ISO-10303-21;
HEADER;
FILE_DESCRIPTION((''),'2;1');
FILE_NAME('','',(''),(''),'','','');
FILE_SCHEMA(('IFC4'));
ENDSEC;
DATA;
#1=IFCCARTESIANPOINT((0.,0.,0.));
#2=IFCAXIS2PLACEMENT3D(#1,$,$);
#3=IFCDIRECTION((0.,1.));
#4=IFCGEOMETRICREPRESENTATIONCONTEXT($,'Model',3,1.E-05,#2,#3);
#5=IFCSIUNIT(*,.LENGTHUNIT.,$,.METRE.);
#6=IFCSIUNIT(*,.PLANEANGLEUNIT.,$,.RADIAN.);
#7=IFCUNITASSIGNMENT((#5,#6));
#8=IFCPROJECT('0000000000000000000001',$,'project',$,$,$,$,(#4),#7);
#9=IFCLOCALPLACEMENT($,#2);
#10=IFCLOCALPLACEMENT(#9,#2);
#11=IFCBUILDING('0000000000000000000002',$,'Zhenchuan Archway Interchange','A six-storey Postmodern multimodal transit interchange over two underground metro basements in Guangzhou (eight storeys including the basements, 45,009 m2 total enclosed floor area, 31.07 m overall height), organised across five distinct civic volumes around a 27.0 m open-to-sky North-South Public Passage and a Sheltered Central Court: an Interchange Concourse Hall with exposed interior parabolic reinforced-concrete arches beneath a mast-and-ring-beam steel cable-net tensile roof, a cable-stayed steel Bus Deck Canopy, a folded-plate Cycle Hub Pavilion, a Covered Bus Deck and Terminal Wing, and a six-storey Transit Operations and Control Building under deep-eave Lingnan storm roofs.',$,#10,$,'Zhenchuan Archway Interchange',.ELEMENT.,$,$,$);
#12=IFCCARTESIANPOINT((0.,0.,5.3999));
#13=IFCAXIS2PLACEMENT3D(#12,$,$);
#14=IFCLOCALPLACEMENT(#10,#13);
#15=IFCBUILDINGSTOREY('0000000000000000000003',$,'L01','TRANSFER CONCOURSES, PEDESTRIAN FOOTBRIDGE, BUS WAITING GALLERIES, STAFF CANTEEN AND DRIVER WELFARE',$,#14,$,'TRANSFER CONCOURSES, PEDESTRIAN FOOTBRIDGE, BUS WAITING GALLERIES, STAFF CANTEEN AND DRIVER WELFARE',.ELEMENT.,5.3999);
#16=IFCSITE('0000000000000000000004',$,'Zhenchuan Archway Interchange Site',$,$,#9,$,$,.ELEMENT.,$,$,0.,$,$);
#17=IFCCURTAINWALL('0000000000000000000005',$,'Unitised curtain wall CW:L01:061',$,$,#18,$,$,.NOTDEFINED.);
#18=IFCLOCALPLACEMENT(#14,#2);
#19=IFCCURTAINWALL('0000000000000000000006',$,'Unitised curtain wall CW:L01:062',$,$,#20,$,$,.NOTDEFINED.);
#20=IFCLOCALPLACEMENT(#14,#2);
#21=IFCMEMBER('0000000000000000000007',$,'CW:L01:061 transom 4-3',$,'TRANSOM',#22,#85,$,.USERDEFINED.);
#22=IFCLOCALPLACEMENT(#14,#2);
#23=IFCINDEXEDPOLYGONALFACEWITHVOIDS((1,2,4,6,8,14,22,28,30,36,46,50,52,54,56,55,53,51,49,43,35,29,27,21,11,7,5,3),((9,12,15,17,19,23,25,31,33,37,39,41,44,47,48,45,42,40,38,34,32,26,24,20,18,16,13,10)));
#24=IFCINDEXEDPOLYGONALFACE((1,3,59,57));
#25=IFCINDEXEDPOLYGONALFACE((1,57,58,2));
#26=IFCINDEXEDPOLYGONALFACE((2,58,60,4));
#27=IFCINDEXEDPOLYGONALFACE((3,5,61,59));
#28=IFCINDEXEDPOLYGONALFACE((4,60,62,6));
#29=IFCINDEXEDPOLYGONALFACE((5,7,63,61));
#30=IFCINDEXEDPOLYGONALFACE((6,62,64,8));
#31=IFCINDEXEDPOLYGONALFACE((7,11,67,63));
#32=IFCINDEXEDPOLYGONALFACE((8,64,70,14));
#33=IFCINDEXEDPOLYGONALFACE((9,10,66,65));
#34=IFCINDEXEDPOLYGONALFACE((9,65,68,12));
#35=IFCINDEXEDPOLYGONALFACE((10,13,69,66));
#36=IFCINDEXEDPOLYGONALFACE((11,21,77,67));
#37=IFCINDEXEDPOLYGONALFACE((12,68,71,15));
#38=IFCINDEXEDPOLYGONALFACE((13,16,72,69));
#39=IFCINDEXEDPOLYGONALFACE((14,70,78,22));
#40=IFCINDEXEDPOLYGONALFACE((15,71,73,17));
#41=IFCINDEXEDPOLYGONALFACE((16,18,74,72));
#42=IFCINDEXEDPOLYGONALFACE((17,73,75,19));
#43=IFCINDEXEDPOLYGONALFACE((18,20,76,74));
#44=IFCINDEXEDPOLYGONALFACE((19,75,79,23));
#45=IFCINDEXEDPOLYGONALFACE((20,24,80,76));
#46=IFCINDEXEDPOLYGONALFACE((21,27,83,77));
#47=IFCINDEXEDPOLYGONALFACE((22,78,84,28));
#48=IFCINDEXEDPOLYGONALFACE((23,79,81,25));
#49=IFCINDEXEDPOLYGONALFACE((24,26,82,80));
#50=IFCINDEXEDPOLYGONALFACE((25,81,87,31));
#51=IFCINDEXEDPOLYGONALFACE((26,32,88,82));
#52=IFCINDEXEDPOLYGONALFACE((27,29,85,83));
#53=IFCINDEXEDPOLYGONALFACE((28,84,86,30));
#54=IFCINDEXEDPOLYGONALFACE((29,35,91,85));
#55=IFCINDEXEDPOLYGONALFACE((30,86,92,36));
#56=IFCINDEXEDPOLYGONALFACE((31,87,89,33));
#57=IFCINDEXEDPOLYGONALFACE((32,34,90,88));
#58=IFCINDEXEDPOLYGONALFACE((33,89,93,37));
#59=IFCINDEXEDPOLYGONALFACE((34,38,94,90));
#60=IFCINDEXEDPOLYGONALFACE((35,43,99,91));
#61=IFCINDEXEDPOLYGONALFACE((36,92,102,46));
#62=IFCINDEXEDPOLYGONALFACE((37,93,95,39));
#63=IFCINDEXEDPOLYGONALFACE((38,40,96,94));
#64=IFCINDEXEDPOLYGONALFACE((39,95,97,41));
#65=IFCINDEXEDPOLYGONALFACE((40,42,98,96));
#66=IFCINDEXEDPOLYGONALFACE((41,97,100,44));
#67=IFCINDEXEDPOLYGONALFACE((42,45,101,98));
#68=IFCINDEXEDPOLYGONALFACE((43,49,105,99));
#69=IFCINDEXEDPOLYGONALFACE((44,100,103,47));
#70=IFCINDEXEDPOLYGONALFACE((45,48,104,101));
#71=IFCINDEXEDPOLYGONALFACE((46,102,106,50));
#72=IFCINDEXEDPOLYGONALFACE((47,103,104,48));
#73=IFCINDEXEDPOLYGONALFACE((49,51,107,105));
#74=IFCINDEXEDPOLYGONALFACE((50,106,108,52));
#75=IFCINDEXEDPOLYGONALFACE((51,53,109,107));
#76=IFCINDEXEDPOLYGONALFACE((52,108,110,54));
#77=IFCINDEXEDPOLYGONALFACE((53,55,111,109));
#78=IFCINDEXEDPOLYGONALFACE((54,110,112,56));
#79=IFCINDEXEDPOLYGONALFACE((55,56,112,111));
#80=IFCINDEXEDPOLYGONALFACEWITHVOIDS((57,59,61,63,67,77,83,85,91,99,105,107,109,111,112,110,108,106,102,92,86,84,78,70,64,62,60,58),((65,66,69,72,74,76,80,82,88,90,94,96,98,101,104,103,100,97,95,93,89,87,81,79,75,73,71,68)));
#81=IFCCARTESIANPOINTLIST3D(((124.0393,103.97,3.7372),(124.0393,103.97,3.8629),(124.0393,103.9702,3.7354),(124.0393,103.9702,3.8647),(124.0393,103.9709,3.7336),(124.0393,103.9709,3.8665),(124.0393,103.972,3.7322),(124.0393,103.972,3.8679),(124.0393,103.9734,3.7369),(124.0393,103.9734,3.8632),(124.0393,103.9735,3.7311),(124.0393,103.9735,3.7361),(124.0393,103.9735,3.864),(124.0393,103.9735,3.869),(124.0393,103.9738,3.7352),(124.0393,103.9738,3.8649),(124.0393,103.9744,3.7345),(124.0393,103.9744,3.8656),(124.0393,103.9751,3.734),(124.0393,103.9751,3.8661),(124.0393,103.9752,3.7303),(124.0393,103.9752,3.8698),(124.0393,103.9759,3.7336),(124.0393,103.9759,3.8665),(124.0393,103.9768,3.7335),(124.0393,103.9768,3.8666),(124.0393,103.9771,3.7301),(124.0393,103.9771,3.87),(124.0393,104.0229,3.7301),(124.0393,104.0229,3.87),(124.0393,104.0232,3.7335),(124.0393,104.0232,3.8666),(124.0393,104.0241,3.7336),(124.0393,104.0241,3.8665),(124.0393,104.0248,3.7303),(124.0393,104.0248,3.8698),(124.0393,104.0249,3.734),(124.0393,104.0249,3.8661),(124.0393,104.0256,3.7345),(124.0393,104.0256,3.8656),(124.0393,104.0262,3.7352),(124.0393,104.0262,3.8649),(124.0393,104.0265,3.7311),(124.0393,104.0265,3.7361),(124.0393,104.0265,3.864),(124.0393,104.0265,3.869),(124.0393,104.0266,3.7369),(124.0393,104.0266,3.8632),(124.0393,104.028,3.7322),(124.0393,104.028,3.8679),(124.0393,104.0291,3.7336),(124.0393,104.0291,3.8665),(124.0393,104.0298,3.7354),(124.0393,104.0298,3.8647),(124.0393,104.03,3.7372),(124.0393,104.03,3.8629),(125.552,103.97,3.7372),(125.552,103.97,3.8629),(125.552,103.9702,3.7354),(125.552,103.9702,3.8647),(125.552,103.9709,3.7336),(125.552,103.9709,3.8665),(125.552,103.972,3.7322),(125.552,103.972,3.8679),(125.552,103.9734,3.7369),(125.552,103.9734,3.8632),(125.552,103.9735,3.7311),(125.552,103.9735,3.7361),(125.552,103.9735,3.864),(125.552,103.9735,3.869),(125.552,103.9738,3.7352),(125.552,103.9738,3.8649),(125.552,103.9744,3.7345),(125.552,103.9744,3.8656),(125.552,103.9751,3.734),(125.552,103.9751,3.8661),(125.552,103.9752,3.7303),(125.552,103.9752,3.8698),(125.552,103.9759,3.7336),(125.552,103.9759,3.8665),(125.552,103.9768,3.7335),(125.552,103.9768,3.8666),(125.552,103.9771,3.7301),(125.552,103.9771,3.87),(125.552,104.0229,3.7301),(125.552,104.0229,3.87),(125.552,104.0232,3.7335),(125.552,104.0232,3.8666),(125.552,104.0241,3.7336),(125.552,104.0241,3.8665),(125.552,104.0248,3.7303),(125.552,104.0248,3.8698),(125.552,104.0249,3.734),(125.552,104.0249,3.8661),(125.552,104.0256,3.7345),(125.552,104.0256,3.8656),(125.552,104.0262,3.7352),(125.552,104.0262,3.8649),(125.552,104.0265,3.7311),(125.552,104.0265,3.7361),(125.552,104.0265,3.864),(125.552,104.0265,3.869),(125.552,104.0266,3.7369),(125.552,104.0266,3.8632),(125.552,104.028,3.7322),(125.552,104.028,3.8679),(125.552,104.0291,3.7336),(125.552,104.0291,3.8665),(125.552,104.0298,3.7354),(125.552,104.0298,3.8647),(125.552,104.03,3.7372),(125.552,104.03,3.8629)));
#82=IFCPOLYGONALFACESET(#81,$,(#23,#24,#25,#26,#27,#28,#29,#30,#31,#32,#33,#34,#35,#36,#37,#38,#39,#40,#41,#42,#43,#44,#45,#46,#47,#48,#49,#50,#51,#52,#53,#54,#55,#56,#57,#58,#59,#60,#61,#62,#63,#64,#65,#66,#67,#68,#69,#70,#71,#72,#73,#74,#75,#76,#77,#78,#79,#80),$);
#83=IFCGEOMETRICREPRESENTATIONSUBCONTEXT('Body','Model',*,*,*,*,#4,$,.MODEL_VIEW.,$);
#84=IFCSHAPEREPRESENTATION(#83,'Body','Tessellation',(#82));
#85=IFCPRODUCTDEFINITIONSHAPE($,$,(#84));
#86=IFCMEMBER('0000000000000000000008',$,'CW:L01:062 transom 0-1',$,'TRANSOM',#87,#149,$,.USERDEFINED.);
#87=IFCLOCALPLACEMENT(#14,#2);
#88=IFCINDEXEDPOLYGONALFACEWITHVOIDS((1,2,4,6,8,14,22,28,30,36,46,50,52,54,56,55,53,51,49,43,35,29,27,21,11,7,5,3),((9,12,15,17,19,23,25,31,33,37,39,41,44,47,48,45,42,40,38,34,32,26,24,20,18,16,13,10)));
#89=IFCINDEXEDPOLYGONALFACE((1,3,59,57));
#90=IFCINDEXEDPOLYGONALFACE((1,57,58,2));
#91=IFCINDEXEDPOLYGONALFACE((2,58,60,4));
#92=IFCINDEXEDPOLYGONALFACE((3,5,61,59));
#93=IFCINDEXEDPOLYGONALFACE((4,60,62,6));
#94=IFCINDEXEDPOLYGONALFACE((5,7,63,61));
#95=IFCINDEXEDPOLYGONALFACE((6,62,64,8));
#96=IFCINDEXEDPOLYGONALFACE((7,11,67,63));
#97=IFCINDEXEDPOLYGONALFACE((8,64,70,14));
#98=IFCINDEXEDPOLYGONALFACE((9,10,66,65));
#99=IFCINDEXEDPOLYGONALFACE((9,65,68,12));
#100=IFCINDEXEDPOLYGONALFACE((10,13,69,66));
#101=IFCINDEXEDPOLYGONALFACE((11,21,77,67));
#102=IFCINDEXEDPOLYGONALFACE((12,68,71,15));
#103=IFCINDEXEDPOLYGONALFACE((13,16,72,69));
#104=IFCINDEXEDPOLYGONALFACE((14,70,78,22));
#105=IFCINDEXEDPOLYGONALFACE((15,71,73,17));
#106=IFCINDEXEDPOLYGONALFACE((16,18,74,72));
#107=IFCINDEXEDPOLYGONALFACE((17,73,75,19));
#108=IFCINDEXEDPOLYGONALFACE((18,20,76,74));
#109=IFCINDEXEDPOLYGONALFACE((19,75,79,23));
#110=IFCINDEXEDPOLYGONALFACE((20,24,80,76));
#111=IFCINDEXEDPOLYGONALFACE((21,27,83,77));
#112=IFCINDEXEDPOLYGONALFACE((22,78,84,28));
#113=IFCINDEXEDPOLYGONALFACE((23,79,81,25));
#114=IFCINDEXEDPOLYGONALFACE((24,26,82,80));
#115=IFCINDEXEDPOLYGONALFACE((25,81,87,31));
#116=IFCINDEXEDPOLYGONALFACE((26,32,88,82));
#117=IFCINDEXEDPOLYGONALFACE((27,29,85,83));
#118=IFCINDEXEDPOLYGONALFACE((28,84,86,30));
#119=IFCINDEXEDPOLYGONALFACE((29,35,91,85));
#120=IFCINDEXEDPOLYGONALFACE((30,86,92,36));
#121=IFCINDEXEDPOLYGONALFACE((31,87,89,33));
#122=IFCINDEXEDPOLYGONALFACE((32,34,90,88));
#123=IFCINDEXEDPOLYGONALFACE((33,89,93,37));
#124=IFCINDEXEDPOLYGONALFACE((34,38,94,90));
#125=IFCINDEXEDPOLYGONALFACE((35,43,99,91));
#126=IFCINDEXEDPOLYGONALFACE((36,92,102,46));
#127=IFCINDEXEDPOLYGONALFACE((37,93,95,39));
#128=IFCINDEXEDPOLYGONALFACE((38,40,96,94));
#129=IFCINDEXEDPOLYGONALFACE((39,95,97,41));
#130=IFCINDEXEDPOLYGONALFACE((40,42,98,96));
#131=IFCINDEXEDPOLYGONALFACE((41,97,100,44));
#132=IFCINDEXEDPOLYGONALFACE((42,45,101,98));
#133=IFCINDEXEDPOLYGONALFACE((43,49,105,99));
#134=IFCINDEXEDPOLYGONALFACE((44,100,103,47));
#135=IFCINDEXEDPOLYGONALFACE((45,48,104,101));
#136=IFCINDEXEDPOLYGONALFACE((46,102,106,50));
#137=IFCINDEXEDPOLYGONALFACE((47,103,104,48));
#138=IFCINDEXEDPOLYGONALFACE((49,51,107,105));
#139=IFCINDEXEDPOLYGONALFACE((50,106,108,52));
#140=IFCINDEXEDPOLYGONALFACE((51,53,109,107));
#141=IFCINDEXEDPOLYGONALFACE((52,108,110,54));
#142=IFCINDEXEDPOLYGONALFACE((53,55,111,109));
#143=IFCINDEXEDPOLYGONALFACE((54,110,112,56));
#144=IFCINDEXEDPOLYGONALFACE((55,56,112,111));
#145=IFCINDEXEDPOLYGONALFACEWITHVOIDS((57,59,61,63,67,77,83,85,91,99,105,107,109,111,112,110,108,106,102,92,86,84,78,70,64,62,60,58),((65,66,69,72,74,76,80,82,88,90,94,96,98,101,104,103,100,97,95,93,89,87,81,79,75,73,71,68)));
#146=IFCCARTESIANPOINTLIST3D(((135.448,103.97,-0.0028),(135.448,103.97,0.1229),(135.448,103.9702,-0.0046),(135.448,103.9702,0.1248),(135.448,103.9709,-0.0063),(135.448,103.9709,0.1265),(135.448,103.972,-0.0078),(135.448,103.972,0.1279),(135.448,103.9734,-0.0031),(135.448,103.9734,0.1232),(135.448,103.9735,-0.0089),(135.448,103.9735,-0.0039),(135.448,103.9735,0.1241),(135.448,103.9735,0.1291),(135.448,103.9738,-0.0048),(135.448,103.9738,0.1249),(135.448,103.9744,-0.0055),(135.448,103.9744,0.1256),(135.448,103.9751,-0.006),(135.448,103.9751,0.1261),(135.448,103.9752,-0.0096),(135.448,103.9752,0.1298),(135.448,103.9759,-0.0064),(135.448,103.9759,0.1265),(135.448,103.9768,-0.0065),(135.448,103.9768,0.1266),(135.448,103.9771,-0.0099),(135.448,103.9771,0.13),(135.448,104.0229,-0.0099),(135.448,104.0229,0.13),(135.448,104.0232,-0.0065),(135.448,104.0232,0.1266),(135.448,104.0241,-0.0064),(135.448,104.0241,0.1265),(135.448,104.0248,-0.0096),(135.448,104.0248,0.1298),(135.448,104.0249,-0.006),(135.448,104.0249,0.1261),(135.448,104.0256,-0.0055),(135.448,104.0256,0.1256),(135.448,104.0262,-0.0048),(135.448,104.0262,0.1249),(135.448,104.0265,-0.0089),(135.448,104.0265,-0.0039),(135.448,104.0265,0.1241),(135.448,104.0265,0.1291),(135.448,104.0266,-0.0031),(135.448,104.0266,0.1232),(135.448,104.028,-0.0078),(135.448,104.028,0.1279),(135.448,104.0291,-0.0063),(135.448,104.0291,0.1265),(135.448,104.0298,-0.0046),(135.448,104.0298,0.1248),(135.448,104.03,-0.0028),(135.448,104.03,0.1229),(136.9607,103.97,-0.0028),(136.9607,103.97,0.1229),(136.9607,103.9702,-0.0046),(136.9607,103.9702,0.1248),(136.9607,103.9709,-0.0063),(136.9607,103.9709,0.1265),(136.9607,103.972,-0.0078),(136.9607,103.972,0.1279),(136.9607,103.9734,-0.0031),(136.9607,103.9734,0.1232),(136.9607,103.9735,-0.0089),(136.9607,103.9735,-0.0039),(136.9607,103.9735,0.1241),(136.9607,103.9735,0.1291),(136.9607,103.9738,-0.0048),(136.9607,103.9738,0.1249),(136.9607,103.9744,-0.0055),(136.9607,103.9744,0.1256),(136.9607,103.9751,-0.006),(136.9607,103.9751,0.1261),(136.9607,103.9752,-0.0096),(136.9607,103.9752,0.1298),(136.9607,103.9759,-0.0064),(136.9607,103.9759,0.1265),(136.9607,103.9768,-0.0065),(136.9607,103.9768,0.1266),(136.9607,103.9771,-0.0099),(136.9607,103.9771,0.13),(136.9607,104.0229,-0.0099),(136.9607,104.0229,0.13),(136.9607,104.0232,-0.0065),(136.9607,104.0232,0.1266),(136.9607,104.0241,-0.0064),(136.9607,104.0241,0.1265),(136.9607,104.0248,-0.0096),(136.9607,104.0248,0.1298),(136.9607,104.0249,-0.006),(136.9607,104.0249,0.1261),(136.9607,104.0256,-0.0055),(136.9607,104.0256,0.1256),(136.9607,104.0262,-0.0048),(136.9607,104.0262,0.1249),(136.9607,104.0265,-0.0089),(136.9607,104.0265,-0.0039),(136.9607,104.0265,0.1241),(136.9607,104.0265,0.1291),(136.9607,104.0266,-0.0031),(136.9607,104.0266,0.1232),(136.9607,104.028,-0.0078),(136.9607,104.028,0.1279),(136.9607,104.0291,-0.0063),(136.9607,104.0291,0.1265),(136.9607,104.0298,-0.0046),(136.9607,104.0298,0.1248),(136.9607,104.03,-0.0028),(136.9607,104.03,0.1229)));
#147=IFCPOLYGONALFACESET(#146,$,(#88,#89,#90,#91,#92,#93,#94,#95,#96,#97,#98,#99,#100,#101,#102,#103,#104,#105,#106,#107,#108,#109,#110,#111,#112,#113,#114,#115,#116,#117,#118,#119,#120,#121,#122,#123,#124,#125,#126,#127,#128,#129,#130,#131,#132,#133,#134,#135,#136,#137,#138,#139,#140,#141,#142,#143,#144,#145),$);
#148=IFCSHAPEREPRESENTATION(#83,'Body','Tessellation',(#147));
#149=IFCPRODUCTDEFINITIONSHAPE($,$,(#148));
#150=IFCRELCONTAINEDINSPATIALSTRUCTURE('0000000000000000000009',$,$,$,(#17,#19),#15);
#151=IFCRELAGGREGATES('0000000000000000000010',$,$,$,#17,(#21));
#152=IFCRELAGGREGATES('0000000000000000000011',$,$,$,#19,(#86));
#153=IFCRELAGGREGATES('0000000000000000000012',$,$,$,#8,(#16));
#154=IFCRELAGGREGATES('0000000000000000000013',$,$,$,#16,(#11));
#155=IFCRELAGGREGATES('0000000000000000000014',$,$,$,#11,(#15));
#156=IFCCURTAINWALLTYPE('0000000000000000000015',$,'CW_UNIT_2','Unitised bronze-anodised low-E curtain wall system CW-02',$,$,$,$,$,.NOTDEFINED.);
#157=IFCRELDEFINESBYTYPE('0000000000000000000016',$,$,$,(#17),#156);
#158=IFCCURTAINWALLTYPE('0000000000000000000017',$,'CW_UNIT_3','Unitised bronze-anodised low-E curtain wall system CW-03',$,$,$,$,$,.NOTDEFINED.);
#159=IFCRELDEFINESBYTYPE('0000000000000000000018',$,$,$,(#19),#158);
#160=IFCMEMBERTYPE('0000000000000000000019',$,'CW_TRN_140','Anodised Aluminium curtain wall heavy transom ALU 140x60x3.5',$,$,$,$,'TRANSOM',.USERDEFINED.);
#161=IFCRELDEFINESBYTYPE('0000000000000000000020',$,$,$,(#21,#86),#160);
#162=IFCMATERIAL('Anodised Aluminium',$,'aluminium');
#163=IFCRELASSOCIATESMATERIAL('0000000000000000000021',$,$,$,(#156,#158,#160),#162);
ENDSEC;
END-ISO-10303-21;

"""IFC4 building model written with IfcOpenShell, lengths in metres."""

from ifc_helpers import new_model, si_unit, direction, frame, origin, origin_2d, place, context, subcontext, project, spatial, hollow_rectangle, extrude, material, material_profile, profile_set, type_object, element, aggregate, save


model = new_model("IFC4")

# Units and contexts
model_context = context("Model", 3, precision=1e-05, world=origin(), true_north=direction((0.0, 1.0)))
body_context = subcontext(model_context, "Body", "Model", "MODEL_VIEW")
ifc_project = project(units=[si_unit("LENGTHUNIT", "METRE"), si_unit("PLANEANGLEUNIT", "RADIAN")], contexts=[model_context])

# Site, building, storey
site_placement = place(None, origin())
site = spatial("IfcSite", under=ifc_project, at=site_placement, Name="Zhenchuan Archway Interchange Site", CompositionType="ELEMENT", RefElevation=0.0)
building_placement = place(site_placement, origin())
building = spatial("IfcBuilding", under=site, at=building_placement, Name="Zhenchuan Archway Interchange", Description="A six-storey Postmodern multimodal transit interchange over two underground metro basements in Guangzhou (eight storeys including the basements, 45,009 m2 total enclosed floor area, 31.07 m overall height), organised across five distinct civic volumes around a 27.0 m open-to-sky North-South Public Passage and a Sheltered Central Court: an Interchange Concourse Hall with exposed interior parabolic reinforced-concrete arches beneath a mast-and-ring-beam steel cable-net tensile roof, a cable-stayed steel Bus Deck Canopy, a folded-plate Cycle Hub Pavilion, a Covered Bus Deck and Terminal Wing, and a six-storey Transit Operations and Control Building under deep-eave Lingnan storm roofs.", LongName="Zhenchuan Archway Interchange", CompositionType="ELEMENT")
storey_placement = place(building_placement, frame((0.0, 0.0, 5.3999)))
storey = spatial("IfcBuildingStorey", under=building, at=storey_placement, Name="L01", Description="TRANSFER CONCOURSES, PEDESTRIAN FOOTBRIDGE, BUS WAITING GALLERIES, STAFF CANTEEN AND DRIVER WELFARE", LongName="TRANSFER CONCOURSES, PEDESTRIAN FOOTBRIDGE, BUS WAITING GALLERIES, STAFF CANTEEN AND DRIVER WELFARE", CompositionType="ELEMENT", Elevation=5.3999)

# Curtain walls
ifc_material_1 = material(Name="Anodised Aluminium", Category="aluminium")
curtain_wall_type_1 = type_object("IfcCurtainWallType", Name="CW_UNIT_2", Description="Unitised bronze-anodised low-E curtain wall system CW-02", PredefinedType="NOTDEFINED", material=ifc_material_1)
curtain_wall_1_placement = place(storey_placement, origin())
curtain_wall_1 = element("IfcCurtainWall", 1, at=curtain_wall_1_placement, inside=storey, type_object=curtain_wall_type_1, Name="Unitised curtain wall CW:L01:061", PredefinedType="NOTDEFINED")
curtain_wall_type_2 = type_object("IfcCurtainWallType", Name="CW_UNIT_3", Description="Unitised bronze-anodised low-E curtain wall system CW-03", PredefinedType="NOTDEFINED", material=ifc_material_1)
curtain_wall_2_placement = place(storey_placement, origin())
curtain_wall_2 = element("IfcCurtainWall", 2, at=curtain_wall_2_placement, inside=storey, type_object=curtain_wall_type_2, Name="Unitised curtain wall CW:L01:062", PredefinedType="NOTDEFINED")

# Members
ifc_material_profile_1 = material_profile(ifc_material_1, hollow_rectangle(XDim=0.0601, YDim=0.1399, WallThickness=0.0034, InnerFilletRadius=0.0034, OuterFilletRadius=0.0071, at=origin_2d()), Name="ALU 140x60x3.5")
ifc_profile_set_1 = profile_set([ifc_material_profile_1], Name="Anodised Aluminium")
member_type_1 = type_object("IfcMemberType", Name="CW_TRN_140", Description="Anodised Aluminium curtain wall heavy transom ALU 140x60x3.5", ElementType="TRANSOM", PredefinedType="USERDEFINED", material=ifc_profile_set_1)
member_1_placement = place(storey_placement, frame((124.0393, 104.0, 3.8), z_axis=(1.0, 0.0, 0.0), x_axis=(0.0, 1.0, 0.0)))
member_1 = element("IfcMember", 3, at=member_1_placement, type_object=member_type_1, Name="CW:L01:061 transom 4-3", ObjectType="TRANSOM", PredefinedType="USERDEFINED", context=body_context, shape_type="SweptSolid", body=[
    extrude(hollow_rectangle(XDim=0.0601, YDim=0.1399, WallThickness=0.0034, InnerFilletRadius=0.0034, OuterFilletRadius=0.0071, at=origin_2d()), origin(), (0.0, 0.0, 1.0), 1.5127),
])
member_2_placement = place(storey_placement, frame((135.448, 104.0, 0.0601), z_axis=(1.0, 0.0, 0.0), x_axis=(0.0, 1.0, 0.0)))
member_2 = element("IfcMember", 4, at=member_2_placement, type_object=member_type_1, Name="CW:L01:062 transom 0-1", ObjectType="TRANSOM", PredefinedType="USERDEFINED", context=body_context, shape_type="SweptSolid", body=[
    extrude(hollow_rectangle(XDim=0.0601, YDim=0.1399, WallThickness=0.0034, InnerFilletRadius=0.0034, OuterFilletRadius=0.0071, at=origin_2d()), origin(), (0.0, 0.0, 1.0), 1.5127),
])

aggregate(curtain_wall_1, [member_1])
aggregate(curtain_wall_2, [member_2])

save(model, "model.ifc")
